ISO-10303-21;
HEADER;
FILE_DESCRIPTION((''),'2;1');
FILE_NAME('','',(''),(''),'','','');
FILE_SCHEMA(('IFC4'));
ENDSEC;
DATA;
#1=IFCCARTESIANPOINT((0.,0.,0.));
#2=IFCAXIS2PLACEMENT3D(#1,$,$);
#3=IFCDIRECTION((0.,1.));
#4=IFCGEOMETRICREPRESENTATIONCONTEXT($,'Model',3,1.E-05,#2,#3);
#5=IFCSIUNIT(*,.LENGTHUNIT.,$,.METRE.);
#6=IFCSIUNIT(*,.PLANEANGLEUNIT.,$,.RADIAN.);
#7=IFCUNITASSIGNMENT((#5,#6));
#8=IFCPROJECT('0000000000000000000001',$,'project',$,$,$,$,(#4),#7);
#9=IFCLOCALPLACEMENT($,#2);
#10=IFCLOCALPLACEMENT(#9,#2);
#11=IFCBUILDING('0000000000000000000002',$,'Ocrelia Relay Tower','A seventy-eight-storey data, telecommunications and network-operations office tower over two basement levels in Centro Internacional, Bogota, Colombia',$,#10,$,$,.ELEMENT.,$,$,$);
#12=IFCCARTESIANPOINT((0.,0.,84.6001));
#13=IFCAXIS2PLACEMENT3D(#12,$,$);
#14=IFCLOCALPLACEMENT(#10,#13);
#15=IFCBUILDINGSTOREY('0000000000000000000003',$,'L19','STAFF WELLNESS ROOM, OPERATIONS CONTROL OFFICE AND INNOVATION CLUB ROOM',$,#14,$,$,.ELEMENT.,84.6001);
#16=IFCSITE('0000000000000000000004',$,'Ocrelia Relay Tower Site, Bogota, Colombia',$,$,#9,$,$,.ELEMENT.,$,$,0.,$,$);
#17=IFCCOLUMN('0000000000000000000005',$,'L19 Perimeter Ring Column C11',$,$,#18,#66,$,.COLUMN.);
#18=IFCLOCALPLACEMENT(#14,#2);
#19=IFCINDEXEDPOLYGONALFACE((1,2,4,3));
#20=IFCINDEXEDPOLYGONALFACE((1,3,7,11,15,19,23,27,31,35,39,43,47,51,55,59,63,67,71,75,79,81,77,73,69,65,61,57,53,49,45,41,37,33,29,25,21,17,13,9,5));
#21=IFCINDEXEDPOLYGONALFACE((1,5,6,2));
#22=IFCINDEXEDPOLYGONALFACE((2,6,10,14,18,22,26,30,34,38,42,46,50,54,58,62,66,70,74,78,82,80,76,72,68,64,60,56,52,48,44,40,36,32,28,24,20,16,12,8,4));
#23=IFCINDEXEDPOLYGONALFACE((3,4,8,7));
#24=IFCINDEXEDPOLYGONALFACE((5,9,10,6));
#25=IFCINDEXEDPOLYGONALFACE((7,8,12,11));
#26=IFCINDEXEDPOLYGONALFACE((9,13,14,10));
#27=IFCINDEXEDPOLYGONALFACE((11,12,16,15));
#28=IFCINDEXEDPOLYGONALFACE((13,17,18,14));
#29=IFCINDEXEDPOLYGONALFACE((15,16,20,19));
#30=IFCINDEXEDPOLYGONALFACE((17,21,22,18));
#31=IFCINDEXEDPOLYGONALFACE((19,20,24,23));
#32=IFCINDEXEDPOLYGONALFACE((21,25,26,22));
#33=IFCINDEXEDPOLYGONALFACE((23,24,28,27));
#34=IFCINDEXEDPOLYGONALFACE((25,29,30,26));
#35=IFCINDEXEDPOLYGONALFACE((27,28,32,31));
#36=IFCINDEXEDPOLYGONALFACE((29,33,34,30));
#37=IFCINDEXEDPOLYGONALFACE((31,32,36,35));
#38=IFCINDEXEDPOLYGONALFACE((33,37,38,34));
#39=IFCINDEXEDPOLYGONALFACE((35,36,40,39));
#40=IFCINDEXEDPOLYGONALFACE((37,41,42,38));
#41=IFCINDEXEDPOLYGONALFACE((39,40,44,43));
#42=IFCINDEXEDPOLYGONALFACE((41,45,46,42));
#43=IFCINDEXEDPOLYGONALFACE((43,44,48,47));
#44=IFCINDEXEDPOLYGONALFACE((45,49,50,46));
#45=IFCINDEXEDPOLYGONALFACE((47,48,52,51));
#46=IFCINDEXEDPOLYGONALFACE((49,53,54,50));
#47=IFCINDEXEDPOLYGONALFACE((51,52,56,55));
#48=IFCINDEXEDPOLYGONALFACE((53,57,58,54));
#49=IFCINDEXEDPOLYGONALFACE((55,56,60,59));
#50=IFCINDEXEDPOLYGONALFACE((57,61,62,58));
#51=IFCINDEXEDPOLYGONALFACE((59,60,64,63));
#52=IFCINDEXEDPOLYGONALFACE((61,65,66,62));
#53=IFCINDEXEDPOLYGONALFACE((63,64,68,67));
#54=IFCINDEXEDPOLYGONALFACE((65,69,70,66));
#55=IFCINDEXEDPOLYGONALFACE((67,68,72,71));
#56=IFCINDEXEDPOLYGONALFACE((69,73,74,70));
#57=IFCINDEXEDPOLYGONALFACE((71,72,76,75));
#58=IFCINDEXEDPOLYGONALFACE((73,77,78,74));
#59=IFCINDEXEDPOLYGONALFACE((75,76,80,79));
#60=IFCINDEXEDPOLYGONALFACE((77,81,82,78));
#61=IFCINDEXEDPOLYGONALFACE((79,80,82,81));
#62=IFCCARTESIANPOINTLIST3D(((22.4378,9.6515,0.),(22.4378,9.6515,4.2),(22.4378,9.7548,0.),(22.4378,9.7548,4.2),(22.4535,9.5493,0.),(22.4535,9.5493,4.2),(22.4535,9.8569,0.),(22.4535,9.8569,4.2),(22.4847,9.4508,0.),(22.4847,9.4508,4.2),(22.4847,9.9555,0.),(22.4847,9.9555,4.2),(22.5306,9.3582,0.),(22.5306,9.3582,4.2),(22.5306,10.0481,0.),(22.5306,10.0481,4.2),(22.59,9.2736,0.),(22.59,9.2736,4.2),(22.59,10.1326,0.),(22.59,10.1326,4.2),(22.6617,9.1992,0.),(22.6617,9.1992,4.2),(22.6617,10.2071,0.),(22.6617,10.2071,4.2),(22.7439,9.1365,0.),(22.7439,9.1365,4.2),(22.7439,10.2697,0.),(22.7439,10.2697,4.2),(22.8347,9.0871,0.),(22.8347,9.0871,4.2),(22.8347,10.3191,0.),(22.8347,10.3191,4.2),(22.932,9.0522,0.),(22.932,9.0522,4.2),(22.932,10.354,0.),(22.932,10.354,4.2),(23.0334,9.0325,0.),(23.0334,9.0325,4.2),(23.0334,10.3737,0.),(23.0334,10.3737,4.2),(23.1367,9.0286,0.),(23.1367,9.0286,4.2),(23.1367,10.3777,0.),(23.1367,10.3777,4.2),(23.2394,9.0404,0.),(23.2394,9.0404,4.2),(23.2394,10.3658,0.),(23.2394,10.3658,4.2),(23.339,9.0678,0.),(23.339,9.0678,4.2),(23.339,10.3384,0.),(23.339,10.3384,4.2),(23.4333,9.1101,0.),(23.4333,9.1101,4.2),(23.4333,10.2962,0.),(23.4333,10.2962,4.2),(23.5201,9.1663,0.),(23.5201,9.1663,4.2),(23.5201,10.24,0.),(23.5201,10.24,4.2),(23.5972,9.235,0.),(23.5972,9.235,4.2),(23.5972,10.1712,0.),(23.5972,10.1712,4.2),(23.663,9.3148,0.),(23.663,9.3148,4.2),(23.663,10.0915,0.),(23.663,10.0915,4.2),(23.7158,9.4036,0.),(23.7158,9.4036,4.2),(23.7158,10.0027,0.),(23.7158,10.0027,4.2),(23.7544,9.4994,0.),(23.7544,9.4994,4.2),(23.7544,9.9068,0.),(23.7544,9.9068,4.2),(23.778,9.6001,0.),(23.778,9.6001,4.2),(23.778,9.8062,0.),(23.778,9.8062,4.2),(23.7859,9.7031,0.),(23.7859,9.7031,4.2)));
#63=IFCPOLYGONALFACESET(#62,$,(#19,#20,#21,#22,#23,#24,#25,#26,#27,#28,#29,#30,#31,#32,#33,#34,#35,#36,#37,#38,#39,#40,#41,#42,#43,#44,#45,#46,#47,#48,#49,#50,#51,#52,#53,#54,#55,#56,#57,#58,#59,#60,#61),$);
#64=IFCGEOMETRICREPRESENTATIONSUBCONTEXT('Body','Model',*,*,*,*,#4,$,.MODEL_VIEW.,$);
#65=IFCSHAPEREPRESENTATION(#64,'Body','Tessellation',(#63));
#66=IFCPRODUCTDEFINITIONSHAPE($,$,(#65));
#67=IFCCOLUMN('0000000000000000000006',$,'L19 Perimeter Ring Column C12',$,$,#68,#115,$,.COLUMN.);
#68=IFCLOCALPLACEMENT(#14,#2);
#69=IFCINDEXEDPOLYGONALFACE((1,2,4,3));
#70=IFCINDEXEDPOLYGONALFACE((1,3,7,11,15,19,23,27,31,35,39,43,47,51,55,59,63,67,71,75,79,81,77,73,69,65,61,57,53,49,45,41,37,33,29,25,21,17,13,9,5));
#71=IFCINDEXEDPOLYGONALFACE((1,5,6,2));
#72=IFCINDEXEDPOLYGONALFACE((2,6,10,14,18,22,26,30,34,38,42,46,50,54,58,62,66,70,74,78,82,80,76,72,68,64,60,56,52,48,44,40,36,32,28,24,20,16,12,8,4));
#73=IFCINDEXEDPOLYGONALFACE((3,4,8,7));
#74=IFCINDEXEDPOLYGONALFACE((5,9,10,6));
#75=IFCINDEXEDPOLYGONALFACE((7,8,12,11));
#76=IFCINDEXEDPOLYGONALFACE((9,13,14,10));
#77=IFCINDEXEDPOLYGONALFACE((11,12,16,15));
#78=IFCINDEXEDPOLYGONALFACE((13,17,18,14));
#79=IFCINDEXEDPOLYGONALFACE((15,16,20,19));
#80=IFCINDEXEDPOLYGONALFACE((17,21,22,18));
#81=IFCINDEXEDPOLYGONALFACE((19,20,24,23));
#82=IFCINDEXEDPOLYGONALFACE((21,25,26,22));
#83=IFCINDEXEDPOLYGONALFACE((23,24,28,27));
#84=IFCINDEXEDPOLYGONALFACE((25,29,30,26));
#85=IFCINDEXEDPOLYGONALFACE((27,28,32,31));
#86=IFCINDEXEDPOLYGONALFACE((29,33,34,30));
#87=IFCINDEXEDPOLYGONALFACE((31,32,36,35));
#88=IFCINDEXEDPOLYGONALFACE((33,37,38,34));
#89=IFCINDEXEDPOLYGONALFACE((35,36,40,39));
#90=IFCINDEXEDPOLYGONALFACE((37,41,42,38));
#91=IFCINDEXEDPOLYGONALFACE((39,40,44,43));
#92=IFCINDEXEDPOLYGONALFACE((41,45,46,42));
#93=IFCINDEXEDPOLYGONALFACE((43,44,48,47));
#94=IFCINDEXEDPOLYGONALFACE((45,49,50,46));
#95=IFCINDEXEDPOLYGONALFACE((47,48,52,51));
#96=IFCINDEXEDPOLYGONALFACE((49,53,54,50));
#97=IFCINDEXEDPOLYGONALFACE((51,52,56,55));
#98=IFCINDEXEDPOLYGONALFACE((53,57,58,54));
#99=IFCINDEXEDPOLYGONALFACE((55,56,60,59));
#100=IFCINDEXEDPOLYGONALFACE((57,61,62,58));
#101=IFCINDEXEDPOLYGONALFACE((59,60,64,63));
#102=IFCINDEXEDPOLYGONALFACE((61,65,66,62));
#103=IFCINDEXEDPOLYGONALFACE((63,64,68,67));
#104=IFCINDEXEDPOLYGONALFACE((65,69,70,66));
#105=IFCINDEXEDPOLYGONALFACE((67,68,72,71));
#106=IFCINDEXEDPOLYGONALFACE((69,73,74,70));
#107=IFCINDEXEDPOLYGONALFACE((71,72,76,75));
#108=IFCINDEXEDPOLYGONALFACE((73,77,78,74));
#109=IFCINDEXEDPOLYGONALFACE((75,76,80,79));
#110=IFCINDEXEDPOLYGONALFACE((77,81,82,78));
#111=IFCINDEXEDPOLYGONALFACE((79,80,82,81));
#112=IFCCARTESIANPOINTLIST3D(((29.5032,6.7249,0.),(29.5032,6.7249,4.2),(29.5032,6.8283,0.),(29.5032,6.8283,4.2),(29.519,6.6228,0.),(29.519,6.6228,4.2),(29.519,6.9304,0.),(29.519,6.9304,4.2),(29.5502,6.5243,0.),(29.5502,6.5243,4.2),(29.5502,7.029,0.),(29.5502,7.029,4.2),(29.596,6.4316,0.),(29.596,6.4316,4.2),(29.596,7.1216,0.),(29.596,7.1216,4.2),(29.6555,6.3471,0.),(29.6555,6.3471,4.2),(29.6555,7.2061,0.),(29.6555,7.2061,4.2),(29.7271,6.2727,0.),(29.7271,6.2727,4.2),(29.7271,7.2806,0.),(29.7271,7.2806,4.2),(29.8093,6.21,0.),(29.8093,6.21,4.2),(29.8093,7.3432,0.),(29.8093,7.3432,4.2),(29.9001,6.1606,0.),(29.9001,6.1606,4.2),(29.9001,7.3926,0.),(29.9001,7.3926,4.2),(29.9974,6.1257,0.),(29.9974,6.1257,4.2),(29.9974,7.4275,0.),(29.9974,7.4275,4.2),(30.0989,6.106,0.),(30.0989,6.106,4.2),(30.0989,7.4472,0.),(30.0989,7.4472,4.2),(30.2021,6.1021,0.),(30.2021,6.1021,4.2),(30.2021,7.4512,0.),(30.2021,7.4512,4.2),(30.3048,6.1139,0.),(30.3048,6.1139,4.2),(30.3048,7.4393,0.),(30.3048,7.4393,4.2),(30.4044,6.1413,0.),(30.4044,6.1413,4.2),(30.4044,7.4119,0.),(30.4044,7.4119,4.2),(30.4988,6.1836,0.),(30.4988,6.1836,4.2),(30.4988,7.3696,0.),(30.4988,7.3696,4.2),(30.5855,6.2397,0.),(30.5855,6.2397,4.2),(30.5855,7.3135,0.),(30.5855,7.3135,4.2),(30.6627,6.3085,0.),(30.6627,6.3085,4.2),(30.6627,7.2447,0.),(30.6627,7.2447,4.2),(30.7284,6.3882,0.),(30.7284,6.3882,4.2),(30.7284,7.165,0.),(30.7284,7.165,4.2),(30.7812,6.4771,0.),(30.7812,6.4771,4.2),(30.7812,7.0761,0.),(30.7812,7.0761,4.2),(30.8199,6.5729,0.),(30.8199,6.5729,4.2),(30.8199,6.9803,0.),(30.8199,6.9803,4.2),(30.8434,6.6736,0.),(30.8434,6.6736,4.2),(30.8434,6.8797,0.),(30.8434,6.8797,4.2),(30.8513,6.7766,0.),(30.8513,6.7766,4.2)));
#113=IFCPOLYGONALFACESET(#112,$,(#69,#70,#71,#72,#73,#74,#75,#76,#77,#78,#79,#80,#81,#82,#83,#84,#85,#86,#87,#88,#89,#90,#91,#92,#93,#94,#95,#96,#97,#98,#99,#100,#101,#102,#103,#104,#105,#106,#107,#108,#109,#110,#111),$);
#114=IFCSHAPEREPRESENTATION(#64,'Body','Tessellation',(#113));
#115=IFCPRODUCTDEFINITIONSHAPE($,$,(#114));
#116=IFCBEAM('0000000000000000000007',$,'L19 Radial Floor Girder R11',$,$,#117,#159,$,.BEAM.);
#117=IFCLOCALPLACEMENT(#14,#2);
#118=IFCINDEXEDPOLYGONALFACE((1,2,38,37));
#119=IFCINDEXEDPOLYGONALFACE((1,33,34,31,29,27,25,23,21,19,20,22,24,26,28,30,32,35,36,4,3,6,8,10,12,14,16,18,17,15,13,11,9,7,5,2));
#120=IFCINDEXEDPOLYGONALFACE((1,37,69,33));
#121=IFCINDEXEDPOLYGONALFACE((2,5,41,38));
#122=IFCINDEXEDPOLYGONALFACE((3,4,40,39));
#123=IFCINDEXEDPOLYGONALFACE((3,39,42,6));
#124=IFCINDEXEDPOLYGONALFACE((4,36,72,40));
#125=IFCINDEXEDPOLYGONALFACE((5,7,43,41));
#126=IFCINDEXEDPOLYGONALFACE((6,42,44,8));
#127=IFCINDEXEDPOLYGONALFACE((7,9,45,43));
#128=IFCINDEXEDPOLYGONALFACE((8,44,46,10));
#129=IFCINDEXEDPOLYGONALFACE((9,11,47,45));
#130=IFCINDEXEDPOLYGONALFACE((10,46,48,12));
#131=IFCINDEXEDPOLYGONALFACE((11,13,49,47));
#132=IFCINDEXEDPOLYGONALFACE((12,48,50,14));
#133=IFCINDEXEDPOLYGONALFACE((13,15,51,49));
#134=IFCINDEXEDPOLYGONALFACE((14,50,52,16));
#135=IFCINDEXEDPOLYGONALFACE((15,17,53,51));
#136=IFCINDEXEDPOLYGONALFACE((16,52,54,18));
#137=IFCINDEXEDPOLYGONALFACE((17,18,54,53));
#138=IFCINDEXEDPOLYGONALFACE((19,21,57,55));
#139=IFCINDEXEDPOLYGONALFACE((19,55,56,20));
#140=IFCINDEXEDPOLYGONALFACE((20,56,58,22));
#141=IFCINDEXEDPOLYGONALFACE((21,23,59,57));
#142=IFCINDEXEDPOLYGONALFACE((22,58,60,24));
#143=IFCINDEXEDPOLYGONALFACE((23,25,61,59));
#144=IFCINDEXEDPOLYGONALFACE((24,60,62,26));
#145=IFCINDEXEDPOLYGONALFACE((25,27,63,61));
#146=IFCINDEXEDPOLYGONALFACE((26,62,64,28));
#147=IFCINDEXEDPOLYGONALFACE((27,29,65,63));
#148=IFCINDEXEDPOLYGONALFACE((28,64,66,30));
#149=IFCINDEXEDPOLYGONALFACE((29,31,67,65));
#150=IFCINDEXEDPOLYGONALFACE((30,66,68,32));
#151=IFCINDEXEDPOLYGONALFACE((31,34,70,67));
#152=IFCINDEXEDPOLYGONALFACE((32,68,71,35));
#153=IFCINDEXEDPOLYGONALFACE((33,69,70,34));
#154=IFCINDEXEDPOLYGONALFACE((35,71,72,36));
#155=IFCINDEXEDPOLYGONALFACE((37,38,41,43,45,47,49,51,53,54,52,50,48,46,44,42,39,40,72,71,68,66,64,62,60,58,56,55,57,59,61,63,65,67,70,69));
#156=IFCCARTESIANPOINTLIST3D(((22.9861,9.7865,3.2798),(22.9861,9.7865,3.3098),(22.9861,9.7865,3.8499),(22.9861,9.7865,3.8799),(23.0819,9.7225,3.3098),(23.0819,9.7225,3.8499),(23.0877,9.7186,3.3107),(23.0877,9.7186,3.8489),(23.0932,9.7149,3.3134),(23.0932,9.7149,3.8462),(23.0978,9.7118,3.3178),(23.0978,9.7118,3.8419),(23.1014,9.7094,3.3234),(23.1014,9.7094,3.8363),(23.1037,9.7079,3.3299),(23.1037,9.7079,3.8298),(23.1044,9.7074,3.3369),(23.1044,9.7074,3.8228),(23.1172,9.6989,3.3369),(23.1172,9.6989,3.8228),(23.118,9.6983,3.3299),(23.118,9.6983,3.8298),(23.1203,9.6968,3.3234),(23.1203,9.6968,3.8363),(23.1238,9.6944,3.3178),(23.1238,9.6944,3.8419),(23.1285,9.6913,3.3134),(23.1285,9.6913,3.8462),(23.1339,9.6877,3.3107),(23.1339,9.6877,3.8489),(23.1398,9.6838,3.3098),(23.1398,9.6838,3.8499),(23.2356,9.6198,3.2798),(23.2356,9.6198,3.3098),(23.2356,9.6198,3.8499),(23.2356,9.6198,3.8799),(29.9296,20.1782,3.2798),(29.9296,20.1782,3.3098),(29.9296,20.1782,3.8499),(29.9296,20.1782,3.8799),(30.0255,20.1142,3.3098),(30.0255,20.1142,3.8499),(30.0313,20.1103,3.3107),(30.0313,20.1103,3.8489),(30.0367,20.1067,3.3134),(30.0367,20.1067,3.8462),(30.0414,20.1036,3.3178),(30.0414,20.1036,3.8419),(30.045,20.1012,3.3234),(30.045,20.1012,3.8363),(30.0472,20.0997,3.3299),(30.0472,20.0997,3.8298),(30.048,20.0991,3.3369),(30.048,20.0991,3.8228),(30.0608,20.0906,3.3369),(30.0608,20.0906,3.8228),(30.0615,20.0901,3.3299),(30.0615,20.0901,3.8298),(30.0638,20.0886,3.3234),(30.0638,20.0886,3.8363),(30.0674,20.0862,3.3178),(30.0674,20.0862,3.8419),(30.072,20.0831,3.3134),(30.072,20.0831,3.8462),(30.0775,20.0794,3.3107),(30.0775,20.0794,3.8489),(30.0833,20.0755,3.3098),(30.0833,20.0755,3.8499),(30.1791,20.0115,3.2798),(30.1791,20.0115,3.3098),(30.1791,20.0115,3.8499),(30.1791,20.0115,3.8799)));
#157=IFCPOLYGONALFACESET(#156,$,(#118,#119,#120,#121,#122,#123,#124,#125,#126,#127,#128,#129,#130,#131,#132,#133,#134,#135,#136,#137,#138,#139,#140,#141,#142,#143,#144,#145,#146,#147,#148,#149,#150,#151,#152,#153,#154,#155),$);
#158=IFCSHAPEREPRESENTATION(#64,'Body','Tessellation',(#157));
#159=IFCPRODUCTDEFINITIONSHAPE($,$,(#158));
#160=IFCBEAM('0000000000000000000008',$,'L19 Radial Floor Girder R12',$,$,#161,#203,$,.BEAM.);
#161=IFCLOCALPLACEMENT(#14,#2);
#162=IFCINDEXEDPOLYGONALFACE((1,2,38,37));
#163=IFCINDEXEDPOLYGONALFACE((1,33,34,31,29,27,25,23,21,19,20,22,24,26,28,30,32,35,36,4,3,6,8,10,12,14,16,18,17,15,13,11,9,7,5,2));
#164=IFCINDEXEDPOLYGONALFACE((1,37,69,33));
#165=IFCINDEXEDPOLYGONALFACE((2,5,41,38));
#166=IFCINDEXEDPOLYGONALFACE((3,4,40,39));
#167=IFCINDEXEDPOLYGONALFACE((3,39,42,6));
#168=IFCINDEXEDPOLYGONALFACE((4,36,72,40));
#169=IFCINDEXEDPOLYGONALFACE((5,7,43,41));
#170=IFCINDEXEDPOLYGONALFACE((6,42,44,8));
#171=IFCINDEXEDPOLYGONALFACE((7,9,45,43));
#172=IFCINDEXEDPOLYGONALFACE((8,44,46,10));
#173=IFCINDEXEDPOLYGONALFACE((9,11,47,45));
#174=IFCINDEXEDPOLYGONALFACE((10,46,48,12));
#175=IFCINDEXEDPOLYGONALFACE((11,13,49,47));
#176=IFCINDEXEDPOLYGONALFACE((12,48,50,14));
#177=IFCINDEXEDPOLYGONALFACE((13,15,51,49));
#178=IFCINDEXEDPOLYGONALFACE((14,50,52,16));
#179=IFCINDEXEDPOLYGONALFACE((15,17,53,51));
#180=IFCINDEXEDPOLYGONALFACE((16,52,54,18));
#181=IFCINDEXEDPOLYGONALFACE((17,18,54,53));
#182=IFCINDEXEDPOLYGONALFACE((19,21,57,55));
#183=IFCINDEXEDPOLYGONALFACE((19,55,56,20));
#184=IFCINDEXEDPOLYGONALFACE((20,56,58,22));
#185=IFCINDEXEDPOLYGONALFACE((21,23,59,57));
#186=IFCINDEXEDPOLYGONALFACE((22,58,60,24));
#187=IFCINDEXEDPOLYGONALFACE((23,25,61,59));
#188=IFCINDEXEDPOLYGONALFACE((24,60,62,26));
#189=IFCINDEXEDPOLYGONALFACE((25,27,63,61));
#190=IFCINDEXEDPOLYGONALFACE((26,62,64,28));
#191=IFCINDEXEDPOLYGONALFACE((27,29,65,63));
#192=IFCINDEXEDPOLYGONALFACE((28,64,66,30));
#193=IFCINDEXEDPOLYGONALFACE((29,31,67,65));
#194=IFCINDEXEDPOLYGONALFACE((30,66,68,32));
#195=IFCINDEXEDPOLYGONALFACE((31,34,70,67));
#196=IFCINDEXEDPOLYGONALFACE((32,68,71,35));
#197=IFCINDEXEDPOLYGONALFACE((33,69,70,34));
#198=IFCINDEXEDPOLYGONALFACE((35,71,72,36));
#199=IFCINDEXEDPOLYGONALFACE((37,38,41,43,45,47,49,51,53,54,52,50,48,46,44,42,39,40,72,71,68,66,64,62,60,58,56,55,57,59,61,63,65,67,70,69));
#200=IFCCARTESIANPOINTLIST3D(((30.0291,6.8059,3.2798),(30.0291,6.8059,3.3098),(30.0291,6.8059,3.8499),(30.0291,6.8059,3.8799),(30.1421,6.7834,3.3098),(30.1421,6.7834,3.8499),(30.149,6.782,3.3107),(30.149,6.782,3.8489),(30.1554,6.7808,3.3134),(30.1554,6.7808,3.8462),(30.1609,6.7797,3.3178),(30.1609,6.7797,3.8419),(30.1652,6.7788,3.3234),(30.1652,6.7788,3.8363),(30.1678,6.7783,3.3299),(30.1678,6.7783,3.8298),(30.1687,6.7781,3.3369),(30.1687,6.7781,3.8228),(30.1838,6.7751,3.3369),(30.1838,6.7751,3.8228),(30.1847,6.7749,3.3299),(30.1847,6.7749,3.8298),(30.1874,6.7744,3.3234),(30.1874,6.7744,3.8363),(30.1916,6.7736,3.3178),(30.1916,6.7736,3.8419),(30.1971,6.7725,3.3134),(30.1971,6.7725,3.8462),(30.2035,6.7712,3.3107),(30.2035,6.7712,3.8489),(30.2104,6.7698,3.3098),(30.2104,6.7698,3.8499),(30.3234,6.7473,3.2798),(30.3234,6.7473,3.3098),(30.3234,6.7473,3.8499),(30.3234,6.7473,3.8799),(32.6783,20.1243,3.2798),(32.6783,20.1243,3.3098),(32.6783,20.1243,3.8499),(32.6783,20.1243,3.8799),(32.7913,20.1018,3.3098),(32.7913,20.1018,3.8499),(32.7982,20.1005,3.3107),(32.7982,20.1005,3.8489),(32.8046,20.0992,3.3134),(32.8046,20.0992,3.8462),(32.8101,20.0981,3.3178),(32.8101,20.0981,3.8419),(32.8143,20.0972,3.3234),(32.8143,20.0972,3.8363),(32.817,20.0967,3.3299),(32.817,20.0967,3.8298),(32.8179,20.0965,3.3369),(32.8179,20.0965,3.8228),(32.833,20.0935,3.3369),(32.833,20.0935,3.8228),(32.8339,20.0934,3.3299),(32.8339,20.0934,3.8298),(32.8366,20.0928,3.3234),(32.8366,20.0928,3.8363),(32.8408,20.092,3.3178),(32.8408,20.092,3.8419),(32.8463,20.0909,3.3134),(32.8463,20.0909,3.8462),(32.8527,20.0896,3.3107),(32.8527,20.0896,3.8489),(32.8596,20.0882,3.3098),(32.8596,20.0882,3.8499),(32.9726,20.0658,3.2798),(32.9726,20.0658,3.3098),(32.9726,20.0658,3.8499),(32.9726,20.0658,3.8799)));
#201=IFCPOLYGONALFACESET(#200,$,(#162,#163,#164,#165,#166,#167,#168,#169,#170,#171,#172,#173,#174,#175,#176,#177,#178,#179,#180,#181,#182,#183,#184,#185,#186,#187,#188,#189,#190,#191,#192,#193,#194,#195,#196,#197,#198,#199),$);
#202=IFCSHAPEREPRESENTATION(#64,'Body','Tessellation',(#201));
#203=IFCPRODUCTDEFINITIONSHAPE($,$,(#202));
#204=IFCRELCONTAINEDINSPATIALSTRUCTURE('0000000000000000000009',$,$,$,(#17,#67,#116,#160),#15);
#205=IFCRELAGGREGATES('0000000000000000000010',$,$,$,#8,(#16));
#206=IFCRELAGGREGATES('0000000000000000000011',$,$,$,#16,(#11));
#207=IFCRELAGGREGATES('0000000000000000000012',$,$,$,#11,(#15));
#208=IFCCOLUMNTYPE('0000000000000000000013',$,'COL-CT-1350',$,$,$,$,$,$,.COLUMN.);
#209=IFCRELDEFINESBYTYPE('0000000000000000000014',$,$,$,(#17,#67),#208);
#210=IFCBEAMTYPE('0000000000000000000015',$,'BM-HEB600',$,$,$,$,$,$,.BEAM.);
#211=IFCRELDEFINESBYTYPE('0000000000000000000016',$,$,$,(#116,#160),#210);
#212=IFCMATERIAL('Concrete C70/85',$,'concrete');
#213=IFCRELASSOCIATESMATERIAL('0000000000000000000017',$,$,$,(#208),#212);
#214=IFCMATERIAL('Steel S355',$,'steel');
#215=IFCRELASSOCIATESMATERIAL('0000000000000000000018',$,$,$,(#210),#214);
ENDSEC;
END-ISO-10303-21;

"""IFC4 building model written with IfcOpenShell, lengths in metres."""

from ifc_helpers import new_model, si_unit, direction, frame, origin, origin_2d, place, context, subcontext, project, spatial, circle, i_section, extrude, material, material_profile, profile_set, type_object, element, save


model = new_model("IFC4")

# Units and contexts
model_context = context("Model", 3, precision=1e-05, world=origin(), true_north=direction((0.0, 1.0)))
body_context = subcontext(model_context, "Body", "Model", "MODEL_VIEW")
ifc_project = project(units=[si_unit("LENGTHUNIT", "METRE"), si_unit("PLANEANGLEUNIT", "RADIAN")], contexts=[model_context])

# Site, building, storey
site_placement = place(None, origin())
site = spatial("IfcSite", under=ifc_project, at=site_placement, Name="Ocrelia Relay Tower Site, Bogota, Colombia", CompositionType="ELEMENT", RefElevation=0.0)
building_placement = place(site_placement, origin())
building = spatial("IfcBuilding", under=site, at=building_placement, Name="Ocrelia Relay Tower", Description="A seventy-eight-storey data, telecommunications and network-operations office tower over two basement levels in Centro Internacional, Bogota, Colombia", CompositionType="ELEMENT")
storey_placement = place(building_placement, frame((0.0, 0.0, 84.6001)))
storey = spatial("IfcBuildingStorey", under=building, at=storey_placement, Name="L19", Description="STAFF WELLNESS ROOM, OPERATIONS CONTROL OFFICE AND INNOVATION CLUB ROOM", CompositionType="ELEMENT", Elevation=84.6001)

# Columns
ifc_material_1 = material(Name="Concrete C70/85", Category="concrete")
ifc_material_profile_1 = material_profile(ifc_material_1, circle(Radius=0.675, at=origin_2d()), Name="RC-CIR-1350")
ifc_profile_set_1 = profile_set([ifc_material_profile_1], Name="Concrete C70/85")
column_type = type_object("IfcColumnType", Name="COL-CT-1350", PredefinedType="COLUMN", material=ifc_profile_set_1)
for number, where, z_axis, x_axis, name in (
    (1, (23.1108, 9.7031, 0.0), (0.0, 0.0, 1.0), (1.0, 0.0, 0.0), "L19 Perimeter Ring Column C11"),
    (2, (30.1763, 6.7766, 0.0), (0.0, 0.0, 1.0), (1.0, 0.0, 0.0), "L19 Perimeter Ring Column C12"),
):
    element("IfcColumn", number, at=place(storey_placement, frame(where, z_axis=z_axis, x_axis=x_axis)), inside=storey, type_object=column_type, Name=name, PredefinedType="COLUMN", context=body_context, shape_type="SweptSolid", body=[
        extrude(circle(Radius=0.675, at=origin_2d()), origin(), (0.0, 0.0, 1.0), 4.2),
    ])

# Beams
ifc_material_2 = material(Name="Steel S355", Category="steel")
ifc_material_profile_2 = material_profile(ifc_material_2, i_section(OverallWidth=0.3, OverallDepth=0.6001, WebThickness=0.0154, FlangeThickness=0.03, FilletRadius=0.0271, at=origin_2d()), Name="HEB 600")
ifc_profile_set_2 = profile_set([ifc_material_profile_2], Name="Steel S355")
beam_type_1 = type_object("IfcBeamType", Name="BM-HEB600", PredefinedType="BEAM", material=ifc_profile_set_2)
beam_1_placement = place(storey_placement, frame((23.1108, 9.7031, 3.5798), z_axis=(0.55557, 0.83147, 0.0), x_axis=(-0.83147, 0.55557, 0.0)))
element("IfcBeam", 3, at=beam_1_placement, inside=storey, type_object=beam_type_1, Name="L19 Radial Floor Girder R11", PredefinedType="BEAM", context=body_context, shape_type="SweptSolid", body=[
    extrude(i_section(OverallWidth=0.3, OverallDepth=0.6001, WebThickness=0.0154, FlangeThickness=0.03, FilletRadius=0.0271, at=origin_2d()), origin(), (0.0, 0.0, 1.0), 12.498),
])
beam_2_placement = place(storey_placement, frame((30.1763, 6.7766, 3.5798), z_axis=(0.195089, 0.980786, 0.0), x_axis=(-0.980786, 0.195089, 0.0)))
element("IfcBeam", 4, at=beam_2_placement, inside=storey, type_object=beam_type_1, Name="L19 Radial Floor Girder R12", PredefinedType="BEAM", context=body_context, shape_type="SweptSolid", body=[
    extrude(i_section(OverallWidth=0.3, OverallDepth=0.6001, WebThickness=0.0154, FlangeThickness=0.03, FilletRadius=0.0271, at=origin_2d()), origin(), (0.0, 0.0, 1.0), 13.5793),
])

save(model, "model.ifc")
